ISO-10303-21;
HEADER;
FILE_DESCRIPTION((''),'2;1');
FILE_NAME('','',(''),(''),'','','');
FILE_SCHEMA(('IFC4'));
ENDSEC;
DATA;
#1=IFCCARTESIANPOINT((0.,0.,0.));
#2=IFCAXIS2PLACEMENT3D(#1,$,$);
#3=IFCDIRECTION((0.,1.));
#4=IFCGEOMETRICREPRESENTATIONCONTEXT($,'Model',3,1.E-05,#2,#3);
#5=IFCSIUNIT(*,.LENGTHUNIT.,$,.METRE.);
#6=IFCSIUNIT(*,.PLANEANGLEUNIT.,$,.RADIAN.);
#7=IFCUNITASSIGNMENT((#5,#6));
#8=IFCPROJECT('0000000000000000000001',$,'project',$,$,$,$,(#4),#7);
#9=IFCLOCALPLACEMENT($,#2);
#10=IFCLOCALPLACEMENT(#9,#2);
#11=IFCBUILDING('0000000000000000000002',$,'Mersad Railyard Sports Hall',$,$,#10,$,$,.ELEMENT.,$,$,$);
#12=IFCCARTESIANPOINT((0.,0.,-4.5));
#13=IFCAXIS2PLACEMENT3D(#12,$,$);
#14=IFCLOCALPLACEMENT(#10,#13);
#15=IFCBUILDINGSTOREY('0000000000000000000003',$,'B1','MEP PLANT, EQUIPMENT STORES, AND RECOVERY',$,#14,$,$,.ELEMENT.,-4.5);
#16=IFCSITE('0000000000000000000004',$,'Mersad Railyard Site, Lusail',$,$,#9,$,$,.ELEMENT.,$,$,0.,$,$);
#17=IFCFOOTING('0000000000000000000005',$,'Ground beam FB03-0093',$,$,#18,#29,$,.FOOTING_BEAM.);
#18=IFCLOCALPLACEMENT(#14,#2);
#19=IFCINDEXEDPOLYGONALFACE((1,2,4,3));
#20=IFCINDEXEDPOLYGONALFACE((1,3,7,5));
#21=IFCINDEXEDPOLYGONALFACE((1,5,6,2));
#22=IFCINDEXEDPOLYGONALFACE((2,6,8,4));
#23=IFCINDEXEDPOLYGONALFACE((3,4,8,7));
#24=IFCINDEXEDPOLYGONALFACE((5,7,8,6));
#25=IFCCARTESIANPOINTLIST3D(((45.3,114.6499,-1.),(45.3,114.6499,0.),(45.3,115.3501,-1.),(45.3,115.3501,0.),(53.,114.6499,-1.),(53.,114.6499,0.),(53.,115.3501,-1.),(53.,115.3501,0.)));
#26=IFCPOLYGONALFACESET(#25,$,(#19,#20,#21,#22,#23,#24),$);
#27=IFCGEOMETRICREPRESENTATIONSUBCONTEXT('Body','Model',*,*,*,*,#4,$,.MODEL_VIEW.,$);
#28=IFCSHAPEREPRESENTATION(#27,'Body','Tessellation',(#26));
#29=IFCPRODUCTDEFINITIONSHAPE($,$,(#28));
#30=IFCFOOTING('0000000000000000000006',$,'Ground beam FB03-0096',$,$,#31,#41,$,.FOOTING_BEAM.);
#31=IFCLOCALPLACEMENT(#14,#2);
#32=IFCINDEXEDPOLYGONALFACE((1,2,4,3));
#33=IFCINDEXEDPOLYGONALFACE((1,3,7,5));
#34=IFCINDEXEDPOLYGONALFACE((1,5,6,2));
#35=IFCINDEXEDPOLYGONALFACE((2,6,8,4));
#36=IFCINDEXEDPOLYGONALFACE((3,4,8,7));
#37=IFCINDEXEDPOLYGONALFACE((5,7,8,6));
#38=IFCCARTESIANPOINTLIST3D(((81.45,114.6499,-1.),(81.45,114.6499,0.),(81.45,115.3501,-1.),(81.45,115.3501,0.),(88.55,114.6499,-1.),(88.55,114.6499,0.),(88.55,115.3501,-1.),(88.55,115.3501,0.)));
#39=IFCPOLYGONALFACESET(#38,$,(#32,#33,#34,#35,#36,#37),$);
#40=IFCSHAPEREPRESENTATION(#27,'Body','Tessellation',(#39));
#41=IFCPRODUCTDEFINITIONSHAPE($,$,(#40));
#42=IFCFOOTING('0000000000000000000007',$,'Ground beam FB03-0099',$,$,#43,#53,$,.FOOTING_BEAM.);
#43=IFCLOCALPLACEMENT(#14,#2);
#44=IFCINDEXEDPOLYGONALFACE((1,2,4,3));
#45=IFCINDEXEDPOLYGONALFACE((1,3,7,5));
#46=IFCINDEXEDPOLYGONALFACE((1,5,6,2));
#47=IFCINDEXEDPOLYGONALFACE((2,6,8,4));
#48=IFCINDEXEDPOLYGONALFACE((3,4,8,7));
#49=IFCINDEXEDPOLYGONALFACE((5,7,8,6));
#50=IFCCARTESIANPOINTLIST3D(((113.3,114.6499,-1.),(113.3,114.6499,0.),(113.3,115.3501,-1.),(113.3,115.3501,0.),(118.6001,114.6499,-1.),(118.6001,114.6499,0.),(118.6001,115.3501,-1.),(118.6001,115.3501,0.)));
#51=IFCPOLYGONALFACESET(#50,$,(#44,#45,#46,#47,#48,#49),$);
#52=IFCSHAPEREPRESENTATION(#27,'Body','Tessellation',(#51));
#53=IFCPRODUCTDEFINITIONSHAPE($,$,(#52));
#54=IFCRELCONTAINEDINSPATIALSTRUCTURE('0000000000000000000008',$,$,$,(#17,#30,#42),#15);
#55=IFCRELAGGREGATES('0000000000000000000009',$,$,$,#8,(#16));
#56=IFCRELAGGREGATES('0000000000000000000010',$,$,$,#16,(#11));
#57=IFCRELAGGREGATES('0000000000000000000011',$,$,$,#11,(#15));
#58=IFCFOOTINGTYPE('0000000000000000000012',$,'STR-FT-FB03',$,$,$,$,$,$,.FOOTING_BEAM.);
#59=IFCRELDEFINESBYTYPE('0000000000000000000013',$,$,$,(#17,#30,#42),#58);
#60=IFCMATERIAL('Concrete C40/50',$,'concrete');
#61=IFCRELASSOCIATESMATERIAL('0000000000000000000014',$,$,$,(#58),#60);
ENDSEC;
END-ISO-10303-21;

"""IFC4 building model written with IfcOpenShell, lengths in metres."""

from ifc_helpers import new_model, si_unit, direction, frame, origin, place, context, subcontext, project, spatial, polyline, outline, extrude, material, type_object, element, save


model = new_model("IFC4")

# Units and contexts
model_context = context("Model", 3, precision=1e-05, world=origin(), true_north=direction((0.0, 1.0)))
body_context = subcontext(model_context, "Body", "Model", "MODEL_VIEW")
ifc_project = project(units=[si_unit("LENGTHUNIT", "METRE"), si_unit("PLANEANGLEUNIT", "RADIAN")], contexts=[model_context])

# Site, building, storey
site_placement = place(None, origin())
site = spatial("IfcSite", under=ifc_project, at=site_placement, Name="Mersad Railyard Site, Lusail", CompositionType="ELEMENT", RefElevation=0.0)
building_placement = place(site_placement, origin())
building = spatial("IfcBuilding", under=site, at=building_placement, Name="Mersad Railyard Sports Hall", CompositionType="ELEMENT")
storey_placement = place(building_placement, frame((0.0, 0.0, -4.5)))
storey = spatial("IfcBuildingStorey", under=building, at=storey_placement, Name="B1", Description="MEP PLANT, EQUIPMENT STORES, AND RECOVERY", CompositionType="ELEMENT", Elevation=-4.5)

# Footings
ifc_material = material(Name="Concrete C40/50", Category="concrete")
footing_type = type_object("IfcFootingType", Name="STR-FT-FB03", PredefinedType="FOOTING_BEAM", material=ifc_material)
footing_1_placement = place(storey_placement, frame((0.0, 0.0, -1.0)))
element("IfcFooting", 1, at=footing_1_placement, inside=storey, type_object=footing_type, Name="Ground beam FB03-0093", PredefinedType="FOOTING_BEAM", context=body_context, shape_type="SweptSolid", body=[
    extrude(outline(polyline([(45.3, 114.6499), (53.0, 114.6499), (53.0, 115.3501), (45.3, 115.3501), (45.3, 114.6499)])), origin(), (0.0, 0.0, 1.0), 1.0),
])
footing_2_placement = place(storey_placement, frame((0.0, 0.0, -1.0)))
element("IfcFooting", 2, at=footing_2_placement, inside=storey, type_object=footing_type, Name="Ground beam FB03-0096", PredefinedType="FOOTING_BEAM", context=body_context, shape_type="SweptSolid", body=[
    extrude(outline(polyline([(81.45, 114.6499), (88.55, 114.6499), (88.55, 115.3501), (81.45, 115.3501), (81.45, 114.6499)])), origin(), (0.0, 0.0, 1.0), 1.0),
])
footing_3_placement = place(storey_placement, frame((0.0, 0.0, -1.0)))
element("IfcFooting", 3, at=footing_3_placement, inside=storey, type_object=footing_type, Name="Ground beam FB03-0099", PredefinedType="FOOTING_BEAM", context=body_context, shape_type="SweptSolid", body=[
    extrude(outline(polyline([(113.3, 114.6499), (118.6001, 114.6499), (118.6001, 115.3501), (113.3, 115.3501), (113.3, 114.6499)])), origin(), (0.0, 0.0, 1.0), 1.0),
])

save(model, "model.ifc")
